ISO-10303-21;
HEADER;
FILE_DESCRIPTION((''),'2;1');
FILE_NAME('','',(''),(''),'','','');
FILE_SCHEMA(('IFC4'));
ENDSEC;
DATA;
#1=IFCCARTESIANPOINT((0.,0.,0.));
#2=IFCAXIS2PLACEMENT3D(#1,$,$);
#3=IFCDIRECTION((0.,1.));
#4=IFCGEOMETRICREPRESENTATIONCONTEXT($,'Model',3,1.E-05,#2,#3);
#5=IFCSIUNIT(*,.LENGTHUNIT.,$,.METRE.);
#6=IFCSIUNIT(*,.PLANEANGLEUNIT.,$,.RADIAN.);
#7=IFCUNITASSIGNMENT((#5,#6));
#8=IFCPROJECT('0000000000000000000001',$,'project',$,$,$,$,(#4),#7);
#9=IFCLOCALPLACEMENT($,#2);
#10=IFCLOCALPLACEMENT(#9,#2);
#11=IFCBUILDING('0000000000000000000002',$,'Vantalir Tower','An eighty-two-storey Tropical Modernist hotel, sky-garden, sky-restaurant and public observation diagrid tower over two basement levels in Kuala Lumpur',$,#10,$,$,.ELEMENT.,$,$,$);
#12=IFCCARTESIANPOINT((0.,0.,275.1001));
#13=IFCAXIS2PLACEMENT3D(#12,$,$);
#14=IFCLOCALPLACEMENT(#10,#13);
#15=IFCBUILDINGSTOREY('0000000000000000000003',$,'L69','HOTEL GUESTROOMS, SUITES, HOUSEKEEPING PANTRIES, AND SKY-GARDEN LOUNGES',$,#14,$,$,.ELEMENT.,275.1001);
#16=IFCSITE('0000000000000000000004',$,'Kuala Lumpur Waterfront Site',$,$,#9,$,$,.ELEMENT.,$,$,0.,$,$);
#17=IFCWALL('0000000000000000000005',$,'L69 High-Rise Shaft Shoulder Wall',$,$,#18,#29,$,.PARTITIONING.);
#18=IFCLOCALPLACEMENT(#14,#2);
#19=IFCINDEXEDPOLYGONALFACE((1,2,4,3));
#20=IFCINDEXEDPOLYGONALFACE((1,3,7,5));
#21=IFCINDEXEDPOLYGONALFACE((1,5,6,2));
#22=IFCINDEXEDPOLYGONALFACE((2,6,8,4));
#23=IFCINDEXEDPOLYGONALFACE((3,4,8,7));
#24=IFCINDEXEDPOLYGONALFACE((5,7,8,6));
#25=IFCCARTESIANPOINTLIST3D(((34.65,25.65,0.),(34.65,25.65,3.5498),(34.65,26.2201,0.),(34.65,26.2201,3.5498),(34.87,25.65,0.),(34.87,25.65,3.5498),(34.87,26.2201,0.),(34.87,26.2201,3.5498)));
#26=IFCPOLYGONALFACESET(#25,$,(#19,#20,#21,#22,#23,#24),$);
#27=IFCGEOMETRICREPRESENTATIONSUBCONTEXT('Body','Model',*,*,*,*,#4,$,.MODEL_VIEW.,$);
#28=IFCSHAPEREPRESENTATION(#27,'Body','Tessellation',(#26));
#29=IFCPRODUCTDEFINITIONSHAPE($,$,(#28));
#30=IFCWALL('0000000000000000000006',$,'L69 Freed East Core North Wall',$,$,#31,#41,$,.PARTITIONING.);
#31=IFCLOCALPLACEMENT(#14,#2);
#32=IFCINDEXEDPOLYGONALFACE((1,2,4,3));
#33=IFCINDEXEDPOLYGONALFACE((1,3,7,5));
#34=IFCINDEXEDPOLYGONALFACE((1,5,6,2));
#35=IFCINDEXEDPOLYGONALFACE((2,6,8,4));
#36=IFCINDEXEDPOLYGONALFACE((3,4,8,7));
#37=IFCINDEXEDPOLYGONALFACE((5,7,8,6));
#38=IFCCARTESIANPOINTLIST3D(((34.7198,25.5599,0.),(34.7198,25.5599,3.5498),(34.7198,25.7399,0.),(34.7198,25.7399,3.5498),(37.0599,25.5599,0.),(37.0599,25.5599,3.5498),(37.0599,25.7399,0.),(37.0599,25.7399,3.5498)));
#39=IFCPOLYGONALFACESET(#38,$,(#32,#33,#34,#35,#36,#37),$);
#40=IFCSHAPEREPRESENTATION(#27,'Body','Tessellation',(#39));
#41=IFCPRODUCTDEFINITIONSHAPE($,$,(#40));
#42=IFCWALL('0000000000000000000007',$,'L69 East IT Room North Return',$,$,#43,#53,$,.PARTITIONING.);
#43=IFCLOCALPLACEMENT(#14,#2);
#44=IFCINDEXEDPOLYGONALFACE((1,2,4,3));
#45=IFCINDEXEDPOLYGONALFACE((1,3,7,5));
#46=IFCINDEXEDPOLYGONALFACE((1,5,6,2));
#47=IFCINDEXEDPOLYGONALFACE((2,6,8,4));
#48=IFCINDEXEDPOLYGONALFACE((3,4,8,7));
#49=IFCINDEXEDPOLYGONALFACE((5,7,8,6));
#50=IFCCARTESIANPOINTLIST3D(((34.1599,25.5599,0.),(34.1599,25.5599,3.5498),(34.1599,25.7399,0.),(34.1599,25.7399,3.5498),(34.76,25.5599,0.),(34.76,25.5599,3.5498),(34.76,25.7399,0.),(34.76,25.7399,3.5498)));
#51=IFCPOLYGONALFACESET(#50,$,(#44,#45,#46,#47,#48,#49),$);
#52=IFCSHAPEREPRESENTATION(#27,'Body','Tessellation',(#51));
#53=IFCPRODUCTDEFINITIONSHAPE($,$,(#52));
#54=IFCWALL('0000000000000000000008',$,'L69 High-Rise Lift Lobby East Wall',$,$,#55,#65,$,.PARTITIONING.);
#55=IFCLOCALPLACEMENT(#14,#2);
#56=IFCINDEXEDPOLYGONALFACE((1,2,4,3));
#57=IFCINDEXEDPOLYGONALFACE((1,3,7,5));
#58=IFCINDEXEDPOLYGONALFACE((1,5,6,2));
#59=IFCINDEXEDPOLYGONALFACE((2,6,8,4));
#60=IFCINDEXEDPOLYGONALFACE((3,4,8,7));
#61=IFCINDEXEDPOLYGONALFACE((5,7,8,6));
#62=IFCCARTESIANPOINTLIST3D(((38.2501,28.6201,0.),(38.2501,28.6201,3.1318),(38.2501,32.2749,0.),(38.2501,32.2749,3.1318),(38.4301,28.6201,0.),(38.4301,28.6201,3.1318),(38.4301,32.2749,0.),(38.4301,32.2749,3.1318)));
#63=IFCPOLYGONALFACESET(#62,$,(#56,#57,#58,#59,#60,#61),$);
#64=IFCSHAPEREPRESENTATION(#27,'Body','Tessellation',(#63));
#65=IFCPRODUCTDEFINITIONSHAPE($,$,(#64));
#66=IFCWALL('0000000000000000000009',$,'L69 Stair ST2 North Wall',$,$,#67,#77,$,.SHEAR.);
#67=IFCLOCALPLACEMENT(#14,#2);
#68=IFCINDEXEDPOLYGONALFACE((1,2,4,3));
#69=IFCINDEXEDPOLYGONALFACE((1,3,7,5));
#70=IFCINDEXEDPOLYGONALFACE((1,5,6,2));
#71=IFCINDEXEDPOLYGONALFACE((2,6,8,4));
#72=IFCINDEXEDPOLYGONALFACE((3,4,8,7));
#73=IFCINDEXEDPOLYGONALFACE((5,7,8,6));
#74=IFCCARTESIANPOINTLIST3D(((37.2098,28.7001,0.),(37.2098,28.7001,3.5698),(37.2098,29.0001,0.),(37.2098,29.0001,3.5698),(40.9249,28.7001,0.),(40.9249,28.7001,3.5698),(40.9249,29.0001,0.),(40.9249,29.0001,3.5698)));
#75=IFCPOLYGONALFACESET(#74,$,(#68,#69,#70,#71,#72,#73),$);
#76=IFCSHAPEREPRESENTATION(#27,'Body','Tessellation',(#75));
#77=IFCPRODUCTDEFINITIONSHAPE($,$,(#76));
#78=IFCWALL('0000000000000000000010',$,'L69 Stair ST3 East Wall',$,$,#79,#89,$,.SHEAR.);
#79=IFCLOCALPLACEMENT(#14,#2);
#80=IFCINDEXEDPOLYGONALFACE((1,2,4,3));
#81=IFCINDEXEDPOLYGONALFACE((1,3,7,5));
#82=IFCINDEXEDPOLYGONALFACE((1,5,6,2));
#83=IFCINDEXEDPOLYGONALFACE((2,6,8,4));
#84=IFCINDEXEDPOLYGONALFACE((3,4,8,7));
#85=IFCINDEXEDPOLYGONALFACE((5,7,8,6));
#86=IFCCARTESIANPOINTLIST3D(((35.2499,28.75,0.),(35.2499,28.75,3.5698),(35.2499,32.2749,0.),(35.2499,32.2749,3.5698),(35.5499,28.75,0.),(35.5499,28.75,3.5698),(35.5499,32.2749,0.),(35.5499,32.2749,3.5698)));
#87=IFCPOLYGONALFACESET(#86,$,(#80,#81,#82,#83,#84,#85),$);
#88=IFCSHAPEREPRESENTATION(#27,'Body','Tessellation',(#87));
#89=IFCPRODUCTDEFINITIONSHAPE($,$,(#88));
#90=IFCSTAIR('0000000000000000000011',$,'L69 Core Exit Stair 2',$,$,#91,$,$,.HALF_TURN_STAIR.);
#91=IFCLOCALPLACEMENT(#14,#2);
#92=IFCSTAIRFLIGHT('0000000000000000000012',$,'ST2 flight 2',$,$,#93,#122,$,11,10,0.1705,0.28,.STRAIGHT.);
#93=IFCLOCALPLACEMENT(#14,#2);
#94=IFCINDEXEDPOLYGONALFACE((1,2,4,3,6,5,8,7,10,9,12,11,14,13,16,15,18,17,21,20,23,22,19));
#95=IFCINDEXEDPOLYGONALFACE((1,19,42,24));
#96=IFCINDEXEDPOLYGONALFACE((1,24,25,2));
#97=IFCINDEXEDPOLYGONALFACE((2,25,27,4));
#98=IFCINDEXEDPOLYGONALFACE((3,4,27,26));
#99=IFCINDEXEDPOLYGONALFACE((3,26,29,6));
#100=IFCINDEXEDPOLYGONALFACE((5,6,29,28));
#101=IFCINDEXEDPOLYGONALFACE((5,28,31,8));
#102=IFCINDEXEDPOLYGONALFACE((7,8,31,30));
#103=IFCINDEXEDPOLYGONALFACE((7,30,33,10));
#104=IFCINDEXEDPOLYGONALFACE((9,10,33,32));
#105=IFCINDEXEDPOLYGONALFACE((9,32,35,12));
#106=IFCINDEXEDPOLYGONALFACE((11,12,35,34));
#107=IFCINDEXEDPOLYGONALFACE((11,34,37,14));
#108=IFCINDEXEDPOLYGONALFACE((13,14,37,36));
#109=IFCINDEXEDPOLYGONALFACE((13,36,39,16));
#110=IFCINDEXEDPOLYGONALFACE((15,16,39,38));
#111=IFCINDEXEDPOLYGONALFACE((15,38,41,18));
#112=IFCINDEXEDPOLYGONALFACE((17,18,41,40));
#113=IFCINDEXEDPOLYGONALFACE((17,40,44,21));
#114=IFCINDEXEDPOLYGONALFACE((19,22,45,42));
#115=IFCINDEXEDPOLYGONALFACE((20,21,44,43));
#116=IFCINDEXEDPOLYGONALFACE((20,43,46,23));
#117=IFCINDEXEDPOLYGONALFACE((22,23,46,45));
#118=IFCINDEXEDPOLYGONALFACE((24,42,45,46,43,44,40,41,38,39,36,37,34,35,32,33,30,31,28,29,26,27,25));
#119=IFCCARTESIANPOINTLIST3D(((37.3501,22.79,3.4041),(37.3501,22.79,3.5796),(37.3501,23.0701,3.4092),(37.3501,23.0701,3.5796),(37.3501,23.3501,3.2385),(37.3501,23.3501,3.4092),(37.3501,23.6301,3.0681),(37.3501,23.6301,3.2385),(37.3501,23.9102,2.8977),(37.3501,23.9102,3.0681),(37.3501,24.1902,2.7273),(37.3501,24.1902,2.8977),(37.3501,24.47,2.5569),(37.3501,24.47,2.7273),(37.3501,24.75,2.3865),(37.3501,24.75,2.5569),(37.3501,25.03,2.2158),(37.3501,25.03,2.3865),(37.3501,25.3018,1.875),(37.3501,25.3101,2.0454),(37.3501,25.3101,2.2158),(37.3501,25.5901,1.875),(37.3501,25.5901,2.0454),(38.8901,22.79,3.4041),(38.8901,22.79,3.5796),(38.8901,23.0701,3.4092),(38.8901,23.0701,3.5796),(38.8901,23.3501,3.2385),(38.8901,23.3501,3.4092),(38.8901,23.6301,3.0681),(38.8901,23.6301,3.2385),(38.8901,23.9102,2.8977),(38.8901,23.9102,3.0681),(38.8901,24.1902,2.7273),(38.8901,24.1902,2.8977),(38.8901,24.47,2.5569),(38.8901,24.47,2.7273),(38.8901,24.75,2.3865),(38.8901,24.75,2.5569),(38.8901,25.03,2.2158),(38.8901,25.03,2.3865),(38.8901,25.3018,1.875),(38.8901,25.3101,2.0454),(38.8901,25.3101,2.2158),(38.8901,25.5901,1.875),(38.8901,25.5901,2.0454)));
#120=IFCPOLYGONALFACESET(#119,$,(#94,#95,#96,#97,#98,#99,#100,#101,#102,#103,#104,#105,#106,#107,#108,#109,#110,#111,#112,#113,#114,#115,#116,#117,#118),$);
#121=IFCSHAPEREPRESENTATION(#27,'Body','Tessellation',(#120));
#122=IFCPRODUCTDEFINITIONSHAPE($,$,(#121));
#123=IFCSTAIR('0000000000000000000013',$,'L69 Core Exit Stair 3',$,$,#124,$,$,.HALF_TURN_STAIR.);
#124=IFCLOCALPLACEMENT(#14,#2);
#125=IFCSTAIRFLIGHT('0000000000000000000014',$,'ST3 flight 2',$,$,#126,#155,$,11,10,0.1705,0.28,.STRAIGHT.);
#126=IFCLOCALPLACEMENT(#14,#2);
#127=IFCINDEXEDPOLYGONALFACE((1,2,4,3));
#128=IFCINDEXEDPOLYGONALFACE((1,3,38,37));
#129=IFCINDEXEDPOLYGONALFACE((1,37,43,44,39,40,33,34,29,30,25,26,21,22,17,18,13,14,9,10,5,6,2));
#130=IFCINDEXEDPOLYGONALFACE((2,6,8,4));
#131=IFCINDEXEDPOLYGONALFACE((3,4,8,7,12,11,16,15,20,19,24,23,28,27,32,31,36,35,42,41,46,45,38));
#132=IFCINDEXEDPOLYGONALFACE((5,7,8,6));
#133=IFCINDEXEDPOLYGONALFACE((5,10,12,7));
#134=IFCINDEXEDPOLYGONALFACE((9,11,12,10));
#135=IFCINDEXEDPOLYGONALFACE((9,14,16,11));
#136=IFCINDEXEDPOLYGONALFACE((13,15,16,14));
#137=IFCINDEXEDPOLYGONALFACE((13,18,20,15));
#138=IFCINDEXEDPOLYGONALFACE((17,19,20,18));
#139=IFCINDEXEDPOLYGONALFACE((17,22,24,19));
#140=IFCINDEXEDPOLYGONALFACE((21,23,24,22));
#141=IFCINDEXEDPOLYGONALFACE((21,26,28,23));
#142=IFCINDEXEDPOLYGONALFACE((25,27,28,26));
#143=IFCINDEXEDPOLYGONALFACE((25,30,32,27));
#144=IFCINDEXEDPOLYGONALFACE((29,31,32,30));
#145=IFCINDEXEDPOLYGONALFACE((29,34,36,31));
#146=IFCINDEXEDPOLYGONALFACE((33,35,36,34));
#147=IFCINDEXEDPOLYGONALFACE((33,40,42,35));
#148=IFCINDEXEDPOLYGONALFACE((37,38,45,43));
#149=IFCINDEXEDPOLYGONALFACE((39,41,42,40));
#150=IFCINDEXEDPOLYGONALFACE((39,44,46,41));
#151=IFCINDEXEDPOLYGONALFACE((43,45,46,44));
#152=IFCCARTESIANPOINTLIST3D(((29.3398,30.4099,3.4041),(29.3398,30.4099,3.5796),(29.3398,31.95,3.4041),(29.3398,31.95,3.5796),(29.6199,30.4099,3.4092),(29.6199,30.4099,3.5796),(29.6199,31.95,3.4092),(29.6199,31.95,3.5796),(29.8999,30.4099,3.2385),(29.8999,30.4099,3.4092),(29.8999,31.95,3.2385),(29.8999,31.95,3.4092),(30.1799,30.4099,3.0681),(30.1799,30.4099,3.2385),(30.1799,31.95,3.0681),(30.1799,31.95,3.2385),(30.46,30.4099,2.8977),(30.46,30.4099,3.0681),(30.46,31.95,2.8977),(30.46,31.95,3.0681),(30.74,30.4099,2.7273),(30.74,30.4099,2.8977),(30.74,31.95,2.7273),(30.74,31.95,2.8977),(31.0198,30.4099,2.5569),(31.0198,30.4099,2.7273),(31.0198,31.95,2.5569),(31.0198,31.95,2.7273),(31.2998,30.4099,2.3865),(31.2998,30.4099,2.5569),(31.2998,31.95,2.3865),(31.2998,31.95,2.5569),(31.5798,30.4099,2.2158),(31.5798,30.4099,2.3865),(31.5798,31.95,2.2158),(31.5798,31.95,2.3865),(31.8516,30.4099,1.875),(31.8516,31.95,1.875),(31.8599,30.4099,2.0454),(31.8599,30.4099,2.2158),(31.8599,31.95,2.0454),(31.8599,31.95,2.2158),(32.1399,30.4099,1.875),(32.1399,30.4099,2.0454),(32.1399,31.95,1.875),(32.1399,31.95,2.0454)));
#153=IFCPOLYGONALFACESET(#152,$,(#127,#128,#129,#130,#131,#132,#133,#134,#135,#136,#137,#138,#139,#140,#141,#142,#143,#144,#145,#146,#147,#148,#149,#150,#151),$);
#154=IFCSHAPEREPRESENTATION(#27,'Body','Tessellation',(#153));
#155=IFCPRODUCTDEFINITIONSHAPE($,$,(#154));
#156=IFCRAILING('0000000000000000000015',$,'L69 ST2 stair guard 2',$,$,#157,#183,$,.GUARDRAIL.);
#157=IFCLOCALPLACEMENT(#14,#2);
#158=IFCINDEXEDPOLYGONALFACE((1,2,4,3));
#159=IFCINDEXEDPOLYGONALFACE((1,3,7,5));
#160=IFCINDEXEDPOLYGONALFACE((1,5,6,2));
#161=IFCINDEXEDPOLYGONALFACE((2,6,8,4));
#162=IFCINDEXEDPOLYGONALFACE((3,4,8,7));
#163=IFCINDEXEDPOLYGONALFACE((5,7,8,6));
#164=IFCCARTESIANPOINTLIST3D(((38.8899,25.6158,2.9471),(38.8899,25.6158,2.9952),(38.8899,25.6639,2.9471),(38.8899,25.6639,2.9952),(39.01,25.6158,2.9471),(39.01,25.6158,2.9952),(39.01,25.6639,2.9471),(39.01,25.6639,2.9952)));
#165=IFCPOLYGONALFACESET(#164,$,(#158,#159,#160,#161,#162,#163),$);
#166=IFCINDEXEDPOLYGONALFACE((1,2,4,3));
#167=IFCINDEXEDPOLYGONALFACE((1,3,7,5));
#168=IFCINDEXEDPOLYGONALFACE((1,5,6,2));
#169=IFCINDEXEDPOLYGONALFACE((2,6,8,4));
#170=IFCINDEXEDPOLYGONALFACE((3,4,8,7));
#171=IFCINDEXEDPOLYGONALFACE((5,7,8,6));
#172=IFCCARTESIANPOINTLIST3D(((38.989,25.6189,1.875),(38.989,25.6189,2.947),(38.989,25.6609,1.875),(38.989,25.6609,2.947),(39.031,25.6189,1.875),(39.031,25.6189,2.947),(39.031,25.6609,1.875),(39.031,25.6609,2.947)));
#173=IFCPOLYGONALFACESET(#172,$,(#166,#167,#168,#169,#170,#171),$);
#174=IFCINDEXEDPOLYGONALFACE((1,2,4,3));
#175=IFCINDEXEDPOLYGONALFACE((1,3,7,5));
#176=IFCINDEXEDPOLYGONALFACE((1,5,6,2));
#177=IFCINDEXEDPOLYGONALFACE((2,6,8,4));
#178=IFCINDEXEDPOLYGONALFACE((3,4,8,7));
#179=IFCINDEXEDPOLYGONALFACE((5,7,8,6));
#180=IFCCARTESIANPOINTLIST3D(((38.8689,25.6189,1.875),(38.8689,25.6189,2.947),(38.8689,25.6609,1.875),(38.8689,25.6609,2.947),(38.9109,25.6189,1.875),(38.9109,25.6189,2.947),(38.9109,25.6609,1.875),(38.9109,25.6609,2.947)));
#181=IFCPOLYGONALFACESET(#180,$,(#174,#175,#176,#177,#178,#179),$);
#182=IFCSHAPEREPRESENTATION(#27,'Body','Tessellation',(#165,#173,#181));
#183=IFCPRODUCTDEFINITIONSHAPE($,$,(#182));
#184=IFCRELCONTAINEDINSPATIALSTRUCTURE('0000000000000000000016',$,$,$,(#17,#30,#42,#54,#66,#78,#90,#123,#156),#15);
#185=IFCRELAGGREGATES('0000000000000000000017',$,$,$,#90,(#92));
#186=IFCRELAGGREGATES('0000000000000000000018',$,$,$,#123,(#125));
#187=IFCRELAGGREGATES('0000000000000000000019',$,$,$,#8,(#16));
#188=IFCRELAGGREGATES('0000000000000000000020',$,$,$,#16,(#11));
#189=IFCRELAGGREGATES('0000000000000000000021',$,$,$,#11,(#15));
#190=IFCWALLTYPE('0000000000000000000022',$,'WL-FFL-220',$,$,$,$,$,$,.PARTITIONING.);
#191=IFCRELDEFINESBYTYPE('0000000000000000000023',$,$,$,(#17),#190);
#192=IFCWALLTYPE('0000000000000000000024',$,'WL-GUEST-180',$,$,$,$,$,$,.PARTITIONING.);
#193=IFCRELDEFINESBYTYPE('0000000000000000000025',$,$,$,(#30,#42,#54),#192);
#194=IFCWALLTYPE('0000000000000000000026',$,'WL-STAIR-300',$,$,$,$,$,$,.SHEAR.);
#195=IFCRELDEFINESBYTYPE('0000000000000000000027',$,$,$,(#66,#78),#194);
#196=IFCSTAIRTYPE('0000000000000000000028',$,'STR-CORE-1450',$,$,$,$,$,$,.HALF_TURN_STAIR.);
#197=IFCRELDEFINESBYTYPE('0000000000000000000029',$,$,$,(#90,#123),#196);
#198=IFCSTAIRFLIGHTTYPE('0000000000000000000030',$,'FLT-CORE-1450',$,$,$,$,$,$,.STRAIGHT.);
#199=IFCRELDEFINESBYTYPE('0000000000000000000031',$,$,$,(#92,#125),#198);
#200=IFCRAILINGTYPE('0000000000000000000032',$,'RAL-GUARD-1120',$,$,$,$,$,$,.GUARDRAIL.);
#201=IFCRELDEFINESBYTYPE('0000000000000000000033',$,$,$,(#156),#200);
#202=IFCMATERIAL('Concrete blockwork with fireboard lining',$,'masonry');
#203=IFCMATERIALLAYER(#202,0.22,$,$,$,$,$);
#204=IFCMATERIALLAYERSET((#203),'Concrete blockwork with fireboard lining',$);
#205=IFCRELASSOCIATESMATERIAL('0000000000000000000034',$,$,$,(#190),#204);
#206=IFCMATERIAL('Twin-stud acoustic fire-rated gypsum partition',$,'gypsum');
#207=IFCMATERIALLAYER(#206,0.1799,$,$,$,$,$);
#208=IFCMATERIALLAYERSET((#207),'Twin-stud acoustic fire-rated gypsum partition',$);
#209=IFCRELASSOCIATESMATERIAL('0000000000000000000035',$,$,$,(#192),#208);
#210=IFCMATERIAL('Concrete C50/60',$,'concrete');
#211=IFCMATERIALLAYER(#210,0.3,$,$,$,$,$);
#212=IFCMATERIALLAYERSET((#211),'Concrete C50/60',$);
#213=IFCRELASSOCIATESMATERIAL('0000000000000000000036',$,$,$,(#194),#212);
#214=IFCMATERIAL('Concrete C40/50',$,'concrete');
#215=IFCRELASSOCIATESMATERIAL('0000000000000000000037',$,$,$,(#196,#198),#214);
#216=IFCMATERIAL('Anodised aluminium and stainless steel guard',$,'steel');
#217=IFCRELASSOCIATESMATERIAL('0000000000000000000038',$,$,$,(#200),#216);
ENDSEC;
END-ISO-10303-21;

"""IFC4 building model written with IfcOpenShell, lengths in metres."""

from ifc_helpers import new_model, si_unit, direction, frame, frame_2d, origin, origin_2d, place, context, subcontext, project, spatial, polyline, rectangle, outline, extrude, material, layer, layer_set, type_object, element, aggregate, save


model = new_model("IFC4")

# Units and contexts
model_context = context("Model", 3, precision=1e-05, world=origin(), true_north=direction((0.0, 1.0)))
body_context = subcontext(model_context, "Body", "Model", "MODEL_VIEW")
ifc_project = project(units=[si_unit("LENGTHUNIT", "METRE"), si_unit("PLANEANGLEUNIT", "RADIAN")], contexts=[model_context])

# Site, building, storey
site_placement = place(None, origin())
site = spatial("IfcSite", under=ifc_project, at=site_placement, Name="Kuala Lumpur Waterfront Site", CompositionType="ELEMENT", RefElevation=0.0)
building_placement = place(site_placement, origin())
building = spatial("IfcBuilding", under=site, at=building_placement, Name="Vantalir Tower", Description="An eighty-two-storey Tropical Modernist hotel, sky-garden, sky-restaurant and public observation diagrid tower over two basement levels in Kuala Lumpur", CompositionType="ELEMENT")
storey_placement = place(building_placement, frame((0.0, 0.0, 275.1001)))
storey = spatial("IfcBuildingStorey", under=building, at=storey_placement, Name="L69", Description="HOTEL GUESTROOMS, SUITES, HOUSEKEEPING PANTRIES, AND SKY-GARDEN LOUNGES", CompositionType="ELEMENT", Elevation=275.1001)

# Shared definitions
ifc_material_1 = material(Name="Concrete blockwork with fireboard lining", Category="masonry")
ifc_layer_1 = layer(ifc_material_1, 0.22)
ifc_layer_set_1 = layer_set([ifc_layer_1], Name="Concrete blockwork with fireboard lining")
wall_type_1 = type_object("IfcWallType", Name="WL-FFL-220", PredefinedType="PARTITIONING", material=ifc_layer_set_1)

# Walls
wall_1_placement = place(storey_placement, frame((34.76, 25.6499, 0.0), z_axis=(0.0, 0.0, 1.0), x_axis=(0.0, 1.0, 0.0)))
element("IfcWall", 1, at=wall_1_placement, inside=storey, type_object=wall_type_1, Name="L69 High-Rise Shaft Shoulder Wall", PredefinedType="PARTITIONING", context=body_context, shape_type="SweptSolid", body=[
    extrude(rectangle(XDim=0.5701, YDim=0.22, at=frame_2d((0.2852, 0.0))), origin(), (0.0, 0.0, 1.0), 3.5498),
])
ifc_material_2 = material(Name="Twin-stud acoustic fire-rated gypsum partition", Category="gypsum")
ifc_layer_2 = layer(ifc_material_2, 0.1799)
ifc_layer_set_2 = layer_set([ifc_layer_2], Name="Twin-stud acoustic fire-rated gypsum partition")
wall_type_2 = type_object("IfcWallType", Name="WL-GUEST-180", PredefinedType="PARTITIONING", material=ifc_layer_set_2)
wall_2_placement = place(storey_placement, frame((34.72, 25.6499, 0.0), z_axis=(0.0, 0.0, 1.0), x_axis=(1.0, 0.0, 0.0)))
element("IfcWall", 2, at=wall_2_placement, inside=storey, type_object=wall_type_2, Name="L69 Freed East Core North Wall", PredefinedType="PARTITIONING", context=body_context, shape_type="SweptSolid", body=[
    extrude(rectangle(XDim=2.3401, YDim=0.1799, at=frame_2d((1.1699, 0.0))), origin(), (0.0, 0.0, 1.0), 3.5498),
])
wall_3_placement = place(storey_placement, frame((34.1599, 25.6499, 0.0), z_axis=(0.0, 0.0, 1.0), x_axis=(1.0, 0.0, 0.0)))
element("IfcWall", 3, at=wall_3_placement, inside=storey, type_object=wall_type_2, Name="L69 East IT Room North Return", PredefinedType="PARTITIONING", context=body_context, shape_type="SweptSolid", body=[
    extrude(rectangle(XDim=0.6001, YDim=0.1799, at=frame_2d((0.3, 0.0))), origin(), (0.0, 0.0, 1.0), 3.5498),
])
wall_4_placement = place(storey_placement, frame((38.3401, 28.6201, 0.0), z_axis=(0.0, 0.0, 1.0), x_axis=(0.0, 1.0, 0.0)))
element("IfcWall", 4, at=wall_4_placement, inside=storey, type_object=wall_type_2, Name="L69 High-Rise Lift Lobby East Wall", PredefinedType="PARTITIONING", context=body_context, shape_type="SweptSolid", body=[
    extrude(rectangle(XDim=3.6548, YDim=0.1799, at=frame_2d((1.8274, 0.0))), origin(), (0.0, 0.0, 1.0), 3.1318),
])
ifc_material_3 = material(Name="Concrete C50/60", Category="concrete")
ifc_layer_3 = layer(ifc_material_3, 0.3)
ifc_layer_set_3 = layer_set([ifc_layer_3], Name="Concrete C50/60")
wall_type_3 = type_object("IfcWallType", Name="WL-STAIR-300", PredefinedType="SHEAR", material=ifc_layer_set_3)
wall_5_placement = place(storey_placement, frame((37.21, 28.8501, 0.0), z_axis=(0.0, 0.0, 1.0), x_axis=(1.0, 0.0, 0.0)))
element("IfcWall", 5, at=wall_5_placement, inside=storey, type_object=wall_type_3, Name="L69 Stair ST2 North Wall", PredefinedType="SHEAR", context=body_context, shape_type="SweptSolid", body=[
    extrude(rectangle(XDim=3.7151, YDim=0.3, at=frame_2d((1.8574, 0.0))), origin(), (0.0, 0.0, 1.0), 3.5698),
])
wall_6_placement = place(storey_placement, frame((35.3999, 28.75, 0.0), z_axis=(0.0, 0.0, 1.0), x_axis=(0.0, 1.0, 0.0)))
element("IfcWall", 6, at=wall_6_placement, inside=storey, type_object=wall_type_3, Name="L69 Stair ST3 East Wall", PredefinedType="SHEAR", context=body_context, shape_type="SweptSolid", body=[
    extrude(rectangle(XDim=3.5249, YDim=0.3, at=frame_2d((1.7625, 0.0))), origin(), (0.0, 0.0, 1.0), 3.5698),
])

# Stairs, stair flights
ifc_material_4 = material(Name="Concrete C40/50", Category="concrete")
stair_type = type_object("IfcStairType", Name="STR-CORE-1450", PredefinedType="HALF_TURN_STAIR", material=ifc_material_4)
stair_1_placement = place(storey_placement, origin())
stair_1 = element("IfcStair", 7, at=stair_1_placement, inside=storey, type_object=stair_type, Name="L69 Core Exit Stair 2", PredefinedType="HALF_TURN_STAIR")
stair_flight_type = type_object("IfcStairFlightType", Name="FLT-CORE-1450", PredefinedType="STRAIGHT", material=ifc_material_4)
stair_flight_1_placement = place(storey_placement, frame((38.1201, 25.5901, 1.875), z_axis=(0.0, 0.0, 1.0), x_axis=(0.0, -1.0, 0.0)))
stair_flight_1 = element("IfcStairFlight", 8, at=stair_flight_1_placement, type_object=stair_flight_type, Name="ST2 flight 2", NumberOfRisers=11, NumberOfTreads=10, PredefinedType="STRAIGHT", RiserHeight=0.1705, TreadLength=0.28, context=body_context, shape_type="SweptSolid", body=[
    extrude(outline(polyline([(0.0, 0.0), (0.0, 0.1704), (0.28, 0.1704), (0.28, 0.3408), (0.5601, 0.3408), (0.5601, 0.5115), (0.8401, 0.5115), (0.8401, 0.6819), (1.1201, 0.6819), (1.1201, 0.8523), (1.3999, 0.8523), (1.3999, 1.0227), (1.6799, 1.0227), (1.6799, 1.1931), (1.96, 1.1931), (1.96, 1.3635), (2.24, 1.3635), (2.24, 1.5342), (2.52, 1.5342), (2.52, 1.7046), (2.8, 1.7046), (2.8, 1.875), (2.8, 1.5291), (0.2883, 0.0), (0.0, 0.0)])), frame((0.0, 0.77, 0.0), z_axis=(0.0, -1.0, 0.0), x_axis=(1.0, 0.0, 0.0)), (0.0, 0.0, 1.0), 1.54),
])
aggregate(stair_1, [stair_flight_1])
stair_2_placement = place(storey_placement, origin())
stair_2 = element("IfcStair", 9, at=stair_2_placement, inside=storey, type_object=stair_type, Name="L69 Core Exit Stair 3", PredefinedType="HALF_TURN_STAIR")
stair_flight_2_placement = place(storey_placement, frame((32.1399, 31.1799, 1.875), z_axis=(0.0, 0.0, 1.0), x_axis=(-1.0, 0.0, 0.0)))
stair_flight_2 = element("IfcStairFlight", 10, at=stair_flight_2_placement, type_object=stair_flight_type, Name="ST3 flight 2", NumberOfRisers=11, NumberOfTreads=10, PredefinedType="STRAIGHT", RiserHeight=0.1705, TreadLength=0.28, context=body_context, shape_type="SweptSolid", body=[
    extrude(outline(polyline([(0.0, 0.0), (0.0, 0.1704), (0.28, 0.1704), (0.28, 0.3408), (0.5601, 0.3408), (0.5601, 0.5115), (0.8401, 0.5115), (0.8401, 0.6819), (1.1201, 0.6819), (1.1201, 0.8523), (1.3999, 0.8523), (1.3999, 1.0227), (1.6799, 1.0227), (1.6799, 1.1931), (1.96, 1.1931), (1.96, 1.3635), (2.24, 1.3635), (2.24, 1.5342), (2.52, 1.5342), (2.52, 1.7046), (2.8, 1.7046), (2.8, 1.875), (2.8, 1.5291), (0.2883, 0.0), (0.0, 0.0)])), frame((0.0, 0.77, 0.0), z_axis=(0.0, -1.0, 0.0), x_axis=(1.0, 0.0, 0.0)), (0.0, 0.0, 1.0), 1.54),
])
aggregate(stair_2, [stair_flight_2])

# Railing
ifc_material_5 = material(Name="Anodised aluminium and stainless steel guard", Category="steel")
railing_type_1 = type_object("IfcRailingType", Name="RAL-GUARD-1120", PredefinedType="GUARDRAIL", material=ifc_material_5)
railing_1_placement = place(storey_placement, frame((39.01, 25.6399, 1.875)))
element("IfcRailing", 11, at=railing_1_placement, inside=storey, type_object=railing_type_1, Name="L69 ST2 stair guard 2", PredefinedType="GUARDRAIL", context=body_context, shape_type="SweptSolid", body=[
    extrude(rectangle(XDim=0.0481, YDim=0.0481, at=origin_2d()), frame((0.0, 0.0, 1.0962), z_axis=(-1.0, 0.0, 0.0), x_axis=(0.0, -1.0, 0.0)), (0.0, 0.0, 1.0), 0.1201),
    extrude(rectangle(XDim=0.042, YDim=0.042, at=origin_2d()), origin(), (0.0, 0.0, 1.0), 1.072),
    extrude(rectangle(XDim=0.042, YDim=0.042, at=origin_2d()), frame((-0.1201, 0.0, 0.0)), (0.0, 0.0, 1.0), 1.072),
])

save(model, "model.ifc")
